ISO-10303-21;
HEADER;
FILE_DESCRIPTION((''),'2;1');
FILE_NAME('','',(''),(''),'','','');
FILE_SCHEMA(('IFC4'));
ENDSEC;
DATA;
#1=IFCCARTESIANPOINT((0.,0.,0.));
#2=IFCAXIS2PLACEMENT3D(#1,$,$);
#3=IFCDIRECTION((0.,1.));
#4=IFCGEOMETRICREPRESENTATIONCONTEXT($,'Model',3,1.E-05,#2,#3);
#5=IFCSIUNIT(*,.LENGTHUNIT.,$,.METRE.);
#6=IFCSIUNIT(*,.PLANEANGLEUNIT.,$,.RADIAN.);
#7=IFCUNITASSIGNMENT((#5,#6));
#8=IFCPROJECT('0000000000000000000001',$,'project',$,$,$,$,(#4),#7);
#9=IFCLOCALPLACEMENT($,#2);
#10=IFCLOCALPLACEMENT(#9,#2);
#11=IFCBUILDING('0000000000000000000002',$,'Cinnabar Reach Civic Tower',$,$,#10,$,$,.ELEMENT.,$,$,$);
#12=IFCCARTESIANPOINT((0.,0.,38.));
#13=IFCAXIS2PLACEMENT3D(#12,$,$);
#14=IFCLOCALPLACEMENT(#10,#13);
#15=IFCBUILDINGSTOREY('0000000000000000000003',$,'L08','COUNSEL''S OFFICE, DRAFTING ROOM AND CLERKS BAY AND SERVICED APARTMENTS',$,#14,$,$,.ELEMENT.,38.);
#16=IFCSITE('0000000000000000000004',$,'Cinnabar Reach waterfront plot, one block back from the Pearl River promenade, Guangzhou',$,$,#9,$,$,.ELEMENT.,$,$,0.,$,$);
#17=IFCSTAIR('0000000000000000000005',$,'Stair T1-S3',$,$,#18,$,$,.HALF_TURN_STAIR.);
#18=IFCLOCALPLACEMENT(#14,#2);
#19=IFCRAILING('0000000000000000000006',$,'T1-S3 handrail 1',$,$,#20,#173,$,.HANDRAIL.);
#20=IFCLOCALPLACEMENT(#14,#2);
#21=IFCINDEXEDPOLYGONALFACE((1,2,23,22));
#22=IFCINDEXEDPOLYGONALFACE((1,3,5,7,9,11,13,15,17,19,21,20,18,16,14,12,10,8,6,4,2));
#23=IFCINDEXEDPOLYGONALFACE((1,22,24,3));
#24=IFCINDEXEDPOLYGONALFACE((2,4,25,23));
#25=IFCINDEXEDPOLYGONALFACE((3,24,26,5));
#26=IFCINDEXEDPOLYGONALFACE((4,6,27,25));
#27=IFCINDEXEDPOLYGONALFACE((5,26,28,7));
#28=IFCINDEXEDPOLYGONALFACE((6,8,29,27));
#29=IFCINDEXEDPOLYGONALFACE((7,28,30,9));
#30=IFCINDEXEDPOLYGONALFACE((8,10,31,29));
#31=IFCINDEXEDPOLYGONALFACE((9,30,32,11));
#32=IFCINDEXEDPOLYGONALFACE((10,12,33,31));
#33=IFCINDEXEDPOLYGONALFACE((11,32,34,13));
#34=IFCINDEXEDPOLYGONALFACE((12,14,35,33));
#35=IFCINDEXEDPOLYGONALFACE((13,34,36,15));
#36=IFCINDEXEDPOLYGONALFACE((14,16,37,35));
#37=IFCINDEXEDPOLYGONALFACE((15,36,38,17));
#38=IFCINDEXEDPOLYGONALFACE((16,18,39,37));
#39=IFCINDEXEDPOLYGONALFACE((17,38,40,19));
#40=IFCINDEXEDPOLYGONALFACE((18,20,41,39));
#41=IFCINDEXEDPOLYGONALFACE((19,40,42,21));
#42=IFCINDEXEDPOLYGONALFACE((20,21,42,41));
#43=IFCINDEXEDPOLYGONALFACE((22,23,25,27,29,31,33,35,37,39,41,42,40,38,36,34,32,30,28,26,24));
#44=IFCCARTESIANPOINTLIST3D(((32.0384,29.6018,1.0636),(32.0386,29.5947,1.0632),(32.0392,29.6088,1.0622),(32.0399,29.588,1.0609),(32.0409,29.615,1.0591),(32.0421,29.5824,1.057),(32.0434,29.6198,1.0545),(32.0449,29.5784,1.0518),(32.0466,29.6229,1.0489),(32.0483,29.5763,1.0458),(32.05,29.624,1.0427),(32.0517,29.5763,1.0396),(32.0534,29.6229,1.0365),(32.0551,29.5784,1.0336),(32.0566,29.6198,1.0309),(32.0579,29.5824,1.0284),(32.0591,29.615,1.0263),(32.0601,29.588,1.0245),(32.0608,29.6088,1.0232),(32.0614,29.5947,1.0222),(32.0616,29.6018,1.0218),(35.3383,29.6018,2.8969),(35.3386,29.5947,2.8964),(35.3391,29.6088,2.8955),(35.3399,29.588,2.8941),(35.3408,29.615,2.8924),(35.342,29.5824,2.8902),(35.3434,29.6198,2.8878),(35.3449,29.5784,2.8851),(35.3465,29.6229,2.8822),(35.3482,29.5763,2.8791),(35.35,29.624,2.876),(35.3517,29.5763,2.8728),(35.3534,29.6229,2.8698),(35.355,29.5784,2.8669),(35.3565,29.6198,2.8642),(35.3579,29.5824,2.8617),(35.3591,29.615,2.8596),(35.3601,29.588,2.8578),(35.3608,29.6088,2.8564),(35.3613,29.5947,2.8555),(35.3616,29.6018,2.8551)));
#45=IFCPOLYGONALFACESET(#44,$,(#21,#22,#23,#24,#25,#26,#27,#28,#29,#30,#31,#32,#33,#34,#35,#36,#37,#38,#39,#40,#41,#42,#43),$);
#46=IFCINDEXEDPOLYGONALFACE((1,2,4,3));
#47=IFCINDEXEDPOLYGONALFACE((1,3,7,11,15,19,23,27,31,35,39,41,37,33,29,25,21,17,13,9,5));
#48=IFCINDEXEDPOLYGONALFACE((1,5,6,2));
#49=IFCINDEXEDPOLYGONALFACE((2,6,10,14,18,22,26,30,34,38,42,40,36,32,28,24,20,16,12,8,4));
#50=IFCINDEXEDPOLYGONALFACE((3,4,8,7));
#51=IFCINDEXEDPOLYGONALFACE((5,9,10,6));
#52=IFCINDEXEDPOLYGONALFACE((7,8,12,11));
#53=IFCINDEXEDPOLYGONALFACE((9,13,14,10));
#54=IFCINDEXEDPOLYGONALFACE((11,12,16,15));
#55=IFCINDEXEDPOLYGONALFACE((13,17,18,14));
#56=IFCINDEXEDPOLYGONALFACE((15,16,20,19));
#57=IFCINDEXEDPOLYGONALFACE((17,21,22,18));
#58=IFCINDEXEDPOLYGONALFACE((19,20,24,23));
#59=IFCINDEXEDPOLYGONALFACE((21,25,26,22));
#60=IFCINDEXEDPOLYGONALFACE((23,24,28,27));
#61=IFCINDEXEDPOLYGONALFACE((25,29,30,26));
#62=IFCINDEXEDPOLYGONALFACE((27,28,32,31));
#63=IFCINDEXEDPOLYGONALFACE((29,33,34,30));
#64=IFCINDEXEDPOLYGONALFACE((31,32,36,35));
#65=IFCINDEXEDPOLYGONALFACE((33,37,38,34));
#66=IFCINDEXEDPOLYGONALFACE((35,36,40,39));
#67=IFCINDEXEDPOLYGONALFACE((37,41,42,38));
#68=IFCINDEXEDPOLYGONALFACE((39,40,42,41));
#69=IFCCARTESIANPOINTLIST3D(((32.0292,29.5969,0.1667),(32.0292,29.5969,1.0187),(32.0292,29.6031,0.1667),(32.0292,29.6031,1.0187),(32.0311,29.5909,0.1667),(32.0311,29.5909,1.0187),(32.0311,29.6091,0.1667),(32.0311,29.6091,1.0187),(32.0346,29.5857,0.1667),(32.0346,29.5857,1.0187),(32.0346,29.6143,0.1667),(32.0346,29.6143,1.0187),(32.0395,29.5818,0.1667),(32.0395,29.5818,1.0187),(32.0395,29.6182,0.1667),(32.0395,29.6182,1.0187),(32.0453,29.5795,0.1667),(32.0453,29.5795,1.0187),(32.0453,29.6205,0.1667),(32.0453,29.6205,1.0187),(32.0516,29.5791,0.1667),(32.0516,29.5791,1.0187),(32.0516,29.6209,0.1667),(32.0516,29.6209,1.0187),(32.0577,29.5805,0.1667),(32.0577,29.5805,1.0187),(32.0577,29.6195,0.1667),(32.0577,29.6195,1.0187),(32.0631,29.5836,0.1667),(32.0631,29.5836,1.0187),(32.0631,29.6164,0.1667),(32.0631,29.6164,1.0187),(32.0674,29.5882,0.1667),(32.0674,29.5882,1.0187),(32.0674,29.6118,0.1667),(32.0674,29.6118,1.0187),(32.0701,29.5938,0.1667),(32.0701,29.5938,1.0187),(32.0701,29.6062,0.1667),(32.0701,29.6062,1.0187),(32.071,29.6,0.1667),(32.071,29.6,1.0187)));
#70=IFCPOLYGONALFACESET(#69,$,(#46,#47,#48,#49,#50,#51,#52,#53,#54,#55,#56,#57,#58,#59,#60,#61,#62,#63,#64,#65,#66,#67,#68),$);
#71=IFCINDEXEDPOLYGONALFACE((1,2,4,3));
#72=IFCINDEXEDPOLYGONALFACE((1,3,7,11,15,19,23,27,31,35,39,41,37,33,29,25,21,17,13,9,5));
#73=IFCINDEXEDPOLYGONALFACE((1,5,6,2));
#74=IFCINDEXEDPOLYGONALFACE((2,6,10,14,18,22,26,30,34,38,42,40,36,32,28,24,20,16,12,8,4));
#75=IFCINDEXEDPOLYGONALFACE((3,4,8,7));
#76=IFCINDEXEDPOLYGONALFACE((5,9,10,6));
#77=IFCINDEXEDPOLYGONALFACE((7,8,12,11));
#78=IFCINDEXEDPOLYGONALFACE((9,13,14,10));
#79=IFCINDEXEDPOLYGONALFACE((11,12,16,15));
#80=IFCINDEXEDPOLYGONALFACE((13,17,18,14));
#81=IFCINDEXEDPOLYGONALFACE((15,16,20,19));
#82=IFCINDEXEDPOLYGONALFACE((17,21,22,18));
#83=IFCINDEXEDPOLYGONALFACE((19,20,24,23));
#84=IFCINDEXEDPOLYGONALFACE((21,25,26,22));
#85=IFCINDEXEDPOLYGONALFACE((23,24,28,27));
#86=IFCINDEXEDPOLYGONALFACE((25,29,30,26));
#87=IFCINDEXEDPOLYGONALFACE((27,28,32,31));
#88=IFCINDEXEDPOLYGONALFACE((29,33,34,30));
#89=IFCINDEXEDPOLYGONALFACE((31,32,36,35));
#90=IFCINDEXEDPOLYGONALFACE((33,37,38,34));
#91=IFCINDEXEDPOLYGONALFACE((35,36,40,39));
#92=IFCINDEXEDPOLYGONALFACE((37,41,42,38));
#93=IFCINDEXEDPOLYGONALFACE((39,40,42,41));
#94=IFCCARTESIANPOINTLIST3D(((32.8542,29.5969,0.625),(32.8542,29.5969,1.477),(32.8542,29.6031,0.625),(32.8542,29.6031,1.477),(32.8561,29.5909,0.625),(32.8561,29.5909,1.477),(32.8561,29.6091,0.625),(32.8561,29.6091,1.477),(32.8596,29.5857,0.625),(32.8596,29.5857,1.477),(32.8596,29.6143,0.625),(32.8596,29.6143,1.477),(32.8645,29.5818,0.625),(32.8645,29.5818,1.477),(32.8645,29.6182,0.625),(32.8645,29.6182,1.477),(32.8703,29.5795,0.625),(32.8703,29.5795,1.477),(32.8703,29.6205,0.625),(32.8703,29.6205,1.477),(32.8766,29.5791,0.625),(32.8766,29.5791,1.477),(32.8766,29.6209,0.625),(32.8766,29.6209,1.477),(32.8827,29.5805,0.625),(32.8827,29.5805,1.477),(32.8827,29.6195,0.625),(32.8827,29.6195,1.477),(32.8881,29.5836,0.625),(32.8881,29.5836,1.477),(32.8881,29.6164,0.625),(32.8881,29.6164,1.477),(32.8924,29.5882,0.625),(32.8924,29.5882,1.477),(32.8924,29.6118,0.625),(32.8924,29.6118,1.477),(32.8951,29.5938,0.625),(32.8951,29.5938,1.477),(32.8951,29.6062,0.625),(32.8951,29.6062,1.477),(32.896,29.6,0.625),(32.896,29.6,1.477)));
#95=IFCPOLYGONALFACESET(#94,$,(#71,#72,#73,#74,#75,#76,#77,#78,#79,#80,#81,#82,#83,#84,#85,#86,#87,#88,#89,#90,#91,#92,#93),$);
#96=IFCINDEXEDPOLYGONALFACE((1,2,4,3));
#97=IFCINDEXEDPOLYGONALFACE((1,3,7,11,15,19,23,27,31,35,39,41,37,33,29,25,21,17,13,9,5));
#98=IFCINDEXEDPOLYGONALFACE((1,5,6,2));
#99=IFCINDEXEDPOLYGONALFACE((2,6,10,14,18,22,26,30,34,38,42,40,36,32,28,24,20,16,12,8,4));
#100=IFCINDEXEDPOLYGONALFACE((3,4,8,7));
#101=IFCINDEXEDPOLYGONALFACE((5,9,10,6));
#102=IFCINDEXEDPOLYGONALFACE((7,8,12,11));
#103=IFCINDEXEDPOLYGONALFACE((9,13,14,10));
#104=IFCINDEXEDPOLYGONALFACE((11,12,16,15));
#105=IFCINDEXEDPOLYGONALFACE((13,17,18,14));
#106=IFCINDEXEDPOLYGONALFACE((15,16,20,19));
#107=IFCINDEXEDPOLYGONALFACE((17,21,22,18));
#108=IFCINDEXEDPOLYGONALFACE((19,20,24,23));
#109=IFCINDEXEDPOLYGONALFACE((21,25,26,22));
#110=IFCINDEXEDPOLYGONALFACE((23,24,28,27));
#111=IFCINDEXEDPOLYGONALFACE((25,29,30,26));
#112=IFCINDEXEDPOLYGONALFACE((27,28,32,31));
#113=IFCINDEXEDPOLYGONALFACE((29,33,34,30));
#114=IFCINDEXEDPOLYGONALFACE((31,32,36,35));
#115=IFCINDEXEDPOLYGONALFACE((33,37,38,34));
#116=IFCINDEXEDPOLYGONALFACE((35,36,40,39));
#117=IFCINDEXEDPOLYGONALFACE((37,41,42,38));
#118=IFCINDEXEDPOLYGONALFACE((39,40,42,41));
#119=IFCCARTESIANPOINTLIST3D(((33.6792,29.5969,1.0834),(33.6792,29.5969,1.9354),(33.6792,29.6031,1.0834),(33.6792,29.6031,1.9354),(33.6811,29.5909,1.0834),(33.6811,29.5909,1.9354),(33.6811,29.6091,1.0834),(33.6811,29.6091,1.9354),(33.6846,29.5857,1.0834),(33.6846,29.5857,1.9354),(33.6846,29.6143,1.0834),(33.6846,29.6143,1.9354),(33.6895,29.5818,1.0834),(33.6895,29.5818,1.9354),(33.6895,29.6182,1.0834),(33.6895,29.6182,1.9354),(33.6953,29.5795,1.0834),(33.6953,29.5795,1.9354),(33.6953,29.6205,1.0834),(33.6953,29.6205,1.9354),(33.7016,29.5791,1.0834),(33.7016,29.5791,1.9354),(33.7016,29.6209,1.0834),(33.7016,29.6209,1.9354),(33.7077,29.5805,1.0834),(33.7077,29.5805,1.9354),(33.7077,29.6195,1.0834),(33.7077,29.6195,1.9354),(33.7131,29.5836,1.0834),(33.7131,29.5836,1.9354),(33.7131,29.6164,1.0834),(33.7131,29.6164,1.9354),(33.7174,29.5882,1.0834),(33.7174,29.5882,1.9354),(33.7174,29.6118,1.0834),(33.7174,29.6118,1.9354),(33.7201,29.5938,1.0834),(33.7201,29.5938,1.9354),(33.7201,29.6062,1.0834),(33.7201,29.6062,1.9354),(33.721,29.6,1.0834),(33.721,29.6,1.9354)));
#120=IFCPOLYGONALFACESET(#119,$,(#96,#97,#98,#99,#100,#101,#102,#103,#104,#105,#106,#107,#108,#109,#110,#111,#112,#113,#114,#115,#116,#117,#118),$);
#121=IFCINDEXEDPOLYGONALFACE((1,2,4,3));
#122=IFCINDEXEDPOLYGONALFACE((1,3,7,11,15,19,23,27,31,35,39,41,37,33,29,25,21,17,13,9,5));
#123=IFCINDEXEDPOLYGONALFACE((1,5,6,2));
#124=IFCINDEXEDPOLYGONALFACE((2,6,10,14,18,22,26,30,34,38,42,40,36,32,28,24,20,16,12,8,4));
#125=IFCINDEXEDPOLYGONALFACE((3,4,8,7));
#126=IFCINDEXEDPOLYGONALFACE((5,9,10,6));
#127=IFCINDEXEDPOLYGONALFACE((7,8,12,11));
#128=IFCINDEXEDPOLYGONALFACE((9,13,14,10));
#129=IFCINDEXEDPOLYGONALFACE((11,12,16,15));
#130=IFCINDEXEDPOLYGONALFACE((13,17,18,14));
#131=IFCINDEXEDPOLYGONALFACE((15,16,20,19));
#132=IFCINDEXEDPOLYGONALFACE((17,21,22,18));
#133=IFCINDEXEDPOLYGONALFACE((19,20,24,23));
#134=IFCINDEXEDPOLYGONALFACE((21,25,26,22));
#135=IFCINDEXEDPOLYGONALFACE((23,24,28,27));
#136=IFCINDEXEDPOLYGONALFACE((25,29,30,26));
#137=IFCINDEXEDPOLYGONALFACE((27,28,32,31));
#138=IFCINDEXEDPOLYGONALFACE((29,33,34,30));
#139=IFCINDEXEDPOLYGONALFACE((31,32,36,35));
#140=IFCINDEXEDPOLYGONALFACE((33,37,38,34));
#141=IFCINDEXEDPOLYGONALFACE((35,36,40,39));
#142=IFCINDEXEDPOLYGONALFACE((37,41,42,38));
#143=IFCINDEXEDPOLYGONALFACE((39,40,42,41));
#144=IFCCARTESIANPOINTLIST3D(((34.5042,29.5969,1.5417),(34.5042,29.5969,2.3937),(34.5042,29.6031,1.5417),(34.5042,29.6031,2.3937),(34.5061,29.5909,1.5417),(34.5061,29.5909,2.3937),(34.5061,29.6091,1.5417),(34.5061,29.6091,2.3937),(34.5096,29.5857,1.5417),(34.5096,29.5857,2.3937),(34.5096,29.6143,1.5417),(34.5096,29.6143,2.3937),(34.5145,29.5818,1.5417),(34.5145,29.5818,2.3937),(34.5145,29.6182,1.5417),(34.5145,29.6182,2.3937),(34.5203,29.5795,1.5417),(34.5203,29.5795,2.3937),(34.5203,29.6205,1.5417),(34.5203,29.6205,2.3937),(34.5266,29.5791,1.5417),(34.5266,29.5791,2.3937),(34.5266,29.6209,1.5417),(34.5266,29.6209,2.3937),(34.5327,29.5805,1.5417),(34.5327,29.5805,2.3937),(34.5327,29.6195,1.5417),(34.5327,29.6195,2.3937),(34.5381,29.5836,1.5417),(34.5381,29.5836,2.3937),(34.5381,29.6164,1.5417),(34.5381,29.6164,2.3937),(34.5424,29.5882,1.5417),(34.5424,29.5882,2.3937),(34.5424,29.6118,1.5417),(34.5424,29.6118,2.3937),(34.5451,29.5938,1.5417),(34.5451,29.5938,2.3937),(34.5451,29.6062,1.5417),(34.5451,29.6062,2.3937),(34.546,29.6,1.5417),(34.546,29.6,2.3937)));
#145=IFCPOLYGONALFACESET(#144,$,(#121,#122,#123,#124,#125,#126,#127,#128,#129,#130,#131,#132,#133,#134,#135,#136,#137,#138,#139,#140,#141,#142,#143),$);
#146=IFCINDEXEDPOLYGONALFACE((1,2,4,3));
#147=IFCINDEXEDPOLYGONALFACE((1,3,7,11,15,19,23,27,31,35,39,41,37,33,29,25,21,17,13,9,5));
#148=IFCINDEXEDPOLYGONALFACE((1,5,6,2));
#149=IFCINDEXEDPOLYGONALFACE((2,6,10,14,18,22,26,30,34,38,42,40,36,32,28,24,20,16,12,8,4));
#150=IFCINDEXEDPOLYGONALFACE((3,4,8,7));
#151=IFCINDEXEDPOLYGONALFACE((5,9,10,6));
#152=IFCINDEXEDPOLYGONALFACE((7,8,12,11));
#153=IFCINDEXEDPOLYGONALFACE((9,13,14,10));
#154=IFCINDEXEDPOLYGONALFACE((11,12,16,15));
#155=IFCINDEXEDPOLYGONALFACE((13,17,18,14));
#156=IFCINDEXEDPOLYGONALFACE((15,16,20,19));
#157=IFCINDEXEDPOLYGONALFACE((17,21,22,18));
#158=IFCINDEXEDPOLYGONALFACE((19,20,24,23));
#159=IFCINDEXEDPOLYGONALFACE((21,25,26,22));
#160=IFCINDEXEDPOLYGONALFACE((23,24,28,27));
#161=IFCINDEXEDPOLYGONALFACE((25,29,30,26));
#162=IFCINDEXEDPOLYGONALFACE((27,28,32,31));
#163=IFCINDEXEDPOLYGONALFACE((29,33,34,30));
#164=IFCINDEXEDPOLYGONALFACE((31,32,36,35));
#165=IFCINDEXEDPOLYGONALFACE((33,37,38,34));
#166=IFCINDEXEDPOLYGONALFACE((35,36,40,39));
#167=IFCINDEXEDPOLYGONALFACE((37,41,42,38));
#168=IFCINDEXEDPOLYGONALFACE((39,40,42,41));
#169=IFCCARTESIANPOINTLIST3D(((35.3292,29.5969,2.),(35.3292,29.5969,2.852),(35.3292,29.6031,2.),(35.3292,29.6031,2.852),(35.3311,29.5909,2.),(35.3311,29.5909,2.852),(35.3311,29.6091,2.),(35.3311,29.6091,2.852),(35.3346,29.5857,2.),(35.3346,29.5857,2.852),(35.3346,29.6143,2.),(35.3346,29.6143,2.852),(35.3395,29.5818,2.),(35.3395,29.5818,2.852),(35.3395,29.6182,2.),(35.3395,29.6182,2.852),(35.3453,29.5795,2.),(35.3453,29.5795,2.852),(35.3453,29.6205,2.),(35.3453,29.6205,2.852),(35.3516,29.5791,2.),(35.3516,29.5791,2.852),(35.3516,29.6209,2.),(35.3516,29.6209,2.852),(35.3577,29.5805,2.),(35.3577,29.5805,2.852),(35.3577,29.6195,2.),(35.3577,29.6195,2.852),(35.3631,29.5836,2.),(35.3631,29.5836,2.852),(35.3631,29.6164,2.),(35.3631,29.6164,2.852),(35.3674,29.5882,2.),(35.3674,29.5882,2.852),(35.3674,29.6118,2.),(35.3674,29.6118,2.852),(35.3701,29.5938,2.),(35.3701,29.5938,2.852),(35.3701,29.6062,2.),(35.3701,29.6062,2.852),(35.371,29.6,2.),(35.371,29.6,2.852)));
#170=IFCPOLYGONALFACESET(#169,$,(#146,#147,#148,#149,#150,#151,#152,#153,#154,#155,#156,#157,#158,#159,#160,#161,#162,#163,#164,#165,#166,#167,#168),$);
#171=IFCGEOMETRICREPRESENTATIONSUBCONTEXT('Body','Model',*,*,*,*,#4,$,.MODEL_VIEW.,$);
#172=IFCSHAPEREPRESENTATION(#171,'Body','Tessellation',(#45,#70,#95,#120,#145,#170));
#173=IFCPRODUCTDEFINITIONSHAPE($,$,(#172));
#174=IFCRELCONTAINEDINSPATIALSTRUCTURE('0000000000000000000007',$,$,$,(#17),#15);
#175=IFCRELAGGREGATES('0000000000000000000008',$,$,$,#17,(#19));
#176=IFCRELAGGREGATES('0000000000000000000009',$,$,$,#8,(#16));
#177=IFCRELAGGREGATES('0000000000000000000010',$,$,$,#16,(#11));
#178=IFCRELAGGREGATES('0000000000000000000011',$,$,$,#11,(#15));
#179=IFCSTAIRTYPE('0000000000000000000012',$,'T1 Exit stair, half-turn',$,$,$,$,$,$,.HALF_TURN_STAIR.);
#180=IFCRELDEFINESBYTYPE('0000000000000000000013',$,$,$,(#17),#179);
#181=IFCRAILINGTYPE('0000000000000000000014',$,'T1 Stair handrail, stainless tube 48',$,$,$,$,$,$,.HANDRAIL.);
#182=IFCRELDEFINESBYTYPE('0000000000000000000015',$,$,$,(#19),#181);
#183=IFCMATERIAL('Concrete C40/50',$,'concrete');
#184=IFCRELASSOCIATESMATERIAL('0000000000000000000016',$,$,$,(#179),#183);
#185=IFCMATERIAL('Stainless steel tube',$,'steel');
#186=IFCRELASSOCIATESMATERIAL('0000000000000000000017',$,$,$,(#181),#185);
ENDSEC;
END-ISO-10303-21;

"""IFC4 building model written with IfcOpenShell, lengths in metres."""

from ifc_helpers import new_model, si_unit, direction, frame, origin, origin_2d, place, context, subcontext, project, spatial, circle, extrude, material, type_object, element, aggregate, save


model = new_model("IFC4")

# Units and contexts
model_context = context("Model", 3, precision=1e-05, world=origin(), true_north=direction((0.0, 1.0)))
body_context = subcontext(model_context, "Body", "Model", "MODEL_VIEW")
ifc_project = project(units=[si_unit("LENGTHUNIT", "METRE"), si_unit("PLANEANGLEUNIT", "RADIAN")], contexts=[model_context])

# Site, building, storey
site_placement = place(None, origin())
site = spatial("IfcSite", under=ifc_project, at=site_placement, Name="Cinnabar Reach waterfront plot, one block back from the Pearl River promenade, Guangzhou", CompositionType="ELEMENT", RefElevation=0.0)
building_placement = place(site_placement, origin())
building = spatial("IfcBuilding", under=site, at=building_placement, Name="Cinnabar Reach Civic Tower", CompositionType="ELEMENT")
storey_placement = place(building_placement, frame((0.0, 0.0, 38.0)))
storey = spatial("IfcBuildingStorey", under=building, at=storey_placement, Name="L08", Description="COUNSEL'S OFFICE, DRAFTING ROOM AND CLERKS BAY AND SERVICED APARTMENTS", CompositionType="ELEMENT", Elevation=38.0)

# Stair, railing
ifc_material_1 = material(Name="Concrete C40/50", Category="concrete")
stair_type = type_object("IfcStairType", Name="T1 Exit stair, half-turn", PredefinedType="HALF_TURN_STAIR", material=ifc_material_1)
stair_placement = place(storey_placement, origin())
stair = element("IfcStair", 1, at=stair_placement, inside=storey, type_object=stair_type, Name="Stair T1-S3", PredefinedType="HALF_TURN_STAIR")
ifc_material_2 = material(Name="Stainless steel tube", Category="steel")
railing_type = type_object("IfcRailingType", Name="T1 Stair handrail, stainless tube 48", PredefinedType="HANDRAIL", material=ifc_material_2)
railing_1_placement = place(storey_placement, frame((32.05, 29.6, 0.1667)))
railing_1 = element("IfcRailing", 2, at=railing_1_placement, type_object=railing_type, Name="T1-S3 handrail 1", PredefinedType="HANDRAIL", context=body_context, shape_type="SweptSolid", body=[
    extrude(circle(Radius=0.024, at=origin_2d()), frame((0.0, 0.0, 0.876), z_axis=(0.874161, 0.0, 0.485636), x_axis=(0.0, 1.0, 0.0)), (0.0, 0.0, 1.0), 3.775),
    extrude(circle(Radius=0.021, at=origin_2d()), origin(), (0.0, 0.0, 1.0), 0.852),
    extrude(circle(Radius=0.021, at=origin_2d()), frame((0.825, 0.0, 0.4583)), (0.0, 0.0, 1.0), 0.852),
    extrude(circle(Radius=0.021, at=origin_2d()), frame((1.65, 0.0, 0.9167)), (0.0, 0.0, 1.0), 0.852),
    extrude(circle(Radius=0.021, at=origin_2d()), frame((2.475, 0.0, 1.375)), (0.0, 0.0, 1.0), 0.852),
    extrude(circle(Radius=0.021, at=origin_2d()), frame((3.3, 0.0, 1.8333)), (0.0, 0.0, 1.0), 0.852),
])
aggregate(stair, [railing_1])

save(model, "model.ifc")
